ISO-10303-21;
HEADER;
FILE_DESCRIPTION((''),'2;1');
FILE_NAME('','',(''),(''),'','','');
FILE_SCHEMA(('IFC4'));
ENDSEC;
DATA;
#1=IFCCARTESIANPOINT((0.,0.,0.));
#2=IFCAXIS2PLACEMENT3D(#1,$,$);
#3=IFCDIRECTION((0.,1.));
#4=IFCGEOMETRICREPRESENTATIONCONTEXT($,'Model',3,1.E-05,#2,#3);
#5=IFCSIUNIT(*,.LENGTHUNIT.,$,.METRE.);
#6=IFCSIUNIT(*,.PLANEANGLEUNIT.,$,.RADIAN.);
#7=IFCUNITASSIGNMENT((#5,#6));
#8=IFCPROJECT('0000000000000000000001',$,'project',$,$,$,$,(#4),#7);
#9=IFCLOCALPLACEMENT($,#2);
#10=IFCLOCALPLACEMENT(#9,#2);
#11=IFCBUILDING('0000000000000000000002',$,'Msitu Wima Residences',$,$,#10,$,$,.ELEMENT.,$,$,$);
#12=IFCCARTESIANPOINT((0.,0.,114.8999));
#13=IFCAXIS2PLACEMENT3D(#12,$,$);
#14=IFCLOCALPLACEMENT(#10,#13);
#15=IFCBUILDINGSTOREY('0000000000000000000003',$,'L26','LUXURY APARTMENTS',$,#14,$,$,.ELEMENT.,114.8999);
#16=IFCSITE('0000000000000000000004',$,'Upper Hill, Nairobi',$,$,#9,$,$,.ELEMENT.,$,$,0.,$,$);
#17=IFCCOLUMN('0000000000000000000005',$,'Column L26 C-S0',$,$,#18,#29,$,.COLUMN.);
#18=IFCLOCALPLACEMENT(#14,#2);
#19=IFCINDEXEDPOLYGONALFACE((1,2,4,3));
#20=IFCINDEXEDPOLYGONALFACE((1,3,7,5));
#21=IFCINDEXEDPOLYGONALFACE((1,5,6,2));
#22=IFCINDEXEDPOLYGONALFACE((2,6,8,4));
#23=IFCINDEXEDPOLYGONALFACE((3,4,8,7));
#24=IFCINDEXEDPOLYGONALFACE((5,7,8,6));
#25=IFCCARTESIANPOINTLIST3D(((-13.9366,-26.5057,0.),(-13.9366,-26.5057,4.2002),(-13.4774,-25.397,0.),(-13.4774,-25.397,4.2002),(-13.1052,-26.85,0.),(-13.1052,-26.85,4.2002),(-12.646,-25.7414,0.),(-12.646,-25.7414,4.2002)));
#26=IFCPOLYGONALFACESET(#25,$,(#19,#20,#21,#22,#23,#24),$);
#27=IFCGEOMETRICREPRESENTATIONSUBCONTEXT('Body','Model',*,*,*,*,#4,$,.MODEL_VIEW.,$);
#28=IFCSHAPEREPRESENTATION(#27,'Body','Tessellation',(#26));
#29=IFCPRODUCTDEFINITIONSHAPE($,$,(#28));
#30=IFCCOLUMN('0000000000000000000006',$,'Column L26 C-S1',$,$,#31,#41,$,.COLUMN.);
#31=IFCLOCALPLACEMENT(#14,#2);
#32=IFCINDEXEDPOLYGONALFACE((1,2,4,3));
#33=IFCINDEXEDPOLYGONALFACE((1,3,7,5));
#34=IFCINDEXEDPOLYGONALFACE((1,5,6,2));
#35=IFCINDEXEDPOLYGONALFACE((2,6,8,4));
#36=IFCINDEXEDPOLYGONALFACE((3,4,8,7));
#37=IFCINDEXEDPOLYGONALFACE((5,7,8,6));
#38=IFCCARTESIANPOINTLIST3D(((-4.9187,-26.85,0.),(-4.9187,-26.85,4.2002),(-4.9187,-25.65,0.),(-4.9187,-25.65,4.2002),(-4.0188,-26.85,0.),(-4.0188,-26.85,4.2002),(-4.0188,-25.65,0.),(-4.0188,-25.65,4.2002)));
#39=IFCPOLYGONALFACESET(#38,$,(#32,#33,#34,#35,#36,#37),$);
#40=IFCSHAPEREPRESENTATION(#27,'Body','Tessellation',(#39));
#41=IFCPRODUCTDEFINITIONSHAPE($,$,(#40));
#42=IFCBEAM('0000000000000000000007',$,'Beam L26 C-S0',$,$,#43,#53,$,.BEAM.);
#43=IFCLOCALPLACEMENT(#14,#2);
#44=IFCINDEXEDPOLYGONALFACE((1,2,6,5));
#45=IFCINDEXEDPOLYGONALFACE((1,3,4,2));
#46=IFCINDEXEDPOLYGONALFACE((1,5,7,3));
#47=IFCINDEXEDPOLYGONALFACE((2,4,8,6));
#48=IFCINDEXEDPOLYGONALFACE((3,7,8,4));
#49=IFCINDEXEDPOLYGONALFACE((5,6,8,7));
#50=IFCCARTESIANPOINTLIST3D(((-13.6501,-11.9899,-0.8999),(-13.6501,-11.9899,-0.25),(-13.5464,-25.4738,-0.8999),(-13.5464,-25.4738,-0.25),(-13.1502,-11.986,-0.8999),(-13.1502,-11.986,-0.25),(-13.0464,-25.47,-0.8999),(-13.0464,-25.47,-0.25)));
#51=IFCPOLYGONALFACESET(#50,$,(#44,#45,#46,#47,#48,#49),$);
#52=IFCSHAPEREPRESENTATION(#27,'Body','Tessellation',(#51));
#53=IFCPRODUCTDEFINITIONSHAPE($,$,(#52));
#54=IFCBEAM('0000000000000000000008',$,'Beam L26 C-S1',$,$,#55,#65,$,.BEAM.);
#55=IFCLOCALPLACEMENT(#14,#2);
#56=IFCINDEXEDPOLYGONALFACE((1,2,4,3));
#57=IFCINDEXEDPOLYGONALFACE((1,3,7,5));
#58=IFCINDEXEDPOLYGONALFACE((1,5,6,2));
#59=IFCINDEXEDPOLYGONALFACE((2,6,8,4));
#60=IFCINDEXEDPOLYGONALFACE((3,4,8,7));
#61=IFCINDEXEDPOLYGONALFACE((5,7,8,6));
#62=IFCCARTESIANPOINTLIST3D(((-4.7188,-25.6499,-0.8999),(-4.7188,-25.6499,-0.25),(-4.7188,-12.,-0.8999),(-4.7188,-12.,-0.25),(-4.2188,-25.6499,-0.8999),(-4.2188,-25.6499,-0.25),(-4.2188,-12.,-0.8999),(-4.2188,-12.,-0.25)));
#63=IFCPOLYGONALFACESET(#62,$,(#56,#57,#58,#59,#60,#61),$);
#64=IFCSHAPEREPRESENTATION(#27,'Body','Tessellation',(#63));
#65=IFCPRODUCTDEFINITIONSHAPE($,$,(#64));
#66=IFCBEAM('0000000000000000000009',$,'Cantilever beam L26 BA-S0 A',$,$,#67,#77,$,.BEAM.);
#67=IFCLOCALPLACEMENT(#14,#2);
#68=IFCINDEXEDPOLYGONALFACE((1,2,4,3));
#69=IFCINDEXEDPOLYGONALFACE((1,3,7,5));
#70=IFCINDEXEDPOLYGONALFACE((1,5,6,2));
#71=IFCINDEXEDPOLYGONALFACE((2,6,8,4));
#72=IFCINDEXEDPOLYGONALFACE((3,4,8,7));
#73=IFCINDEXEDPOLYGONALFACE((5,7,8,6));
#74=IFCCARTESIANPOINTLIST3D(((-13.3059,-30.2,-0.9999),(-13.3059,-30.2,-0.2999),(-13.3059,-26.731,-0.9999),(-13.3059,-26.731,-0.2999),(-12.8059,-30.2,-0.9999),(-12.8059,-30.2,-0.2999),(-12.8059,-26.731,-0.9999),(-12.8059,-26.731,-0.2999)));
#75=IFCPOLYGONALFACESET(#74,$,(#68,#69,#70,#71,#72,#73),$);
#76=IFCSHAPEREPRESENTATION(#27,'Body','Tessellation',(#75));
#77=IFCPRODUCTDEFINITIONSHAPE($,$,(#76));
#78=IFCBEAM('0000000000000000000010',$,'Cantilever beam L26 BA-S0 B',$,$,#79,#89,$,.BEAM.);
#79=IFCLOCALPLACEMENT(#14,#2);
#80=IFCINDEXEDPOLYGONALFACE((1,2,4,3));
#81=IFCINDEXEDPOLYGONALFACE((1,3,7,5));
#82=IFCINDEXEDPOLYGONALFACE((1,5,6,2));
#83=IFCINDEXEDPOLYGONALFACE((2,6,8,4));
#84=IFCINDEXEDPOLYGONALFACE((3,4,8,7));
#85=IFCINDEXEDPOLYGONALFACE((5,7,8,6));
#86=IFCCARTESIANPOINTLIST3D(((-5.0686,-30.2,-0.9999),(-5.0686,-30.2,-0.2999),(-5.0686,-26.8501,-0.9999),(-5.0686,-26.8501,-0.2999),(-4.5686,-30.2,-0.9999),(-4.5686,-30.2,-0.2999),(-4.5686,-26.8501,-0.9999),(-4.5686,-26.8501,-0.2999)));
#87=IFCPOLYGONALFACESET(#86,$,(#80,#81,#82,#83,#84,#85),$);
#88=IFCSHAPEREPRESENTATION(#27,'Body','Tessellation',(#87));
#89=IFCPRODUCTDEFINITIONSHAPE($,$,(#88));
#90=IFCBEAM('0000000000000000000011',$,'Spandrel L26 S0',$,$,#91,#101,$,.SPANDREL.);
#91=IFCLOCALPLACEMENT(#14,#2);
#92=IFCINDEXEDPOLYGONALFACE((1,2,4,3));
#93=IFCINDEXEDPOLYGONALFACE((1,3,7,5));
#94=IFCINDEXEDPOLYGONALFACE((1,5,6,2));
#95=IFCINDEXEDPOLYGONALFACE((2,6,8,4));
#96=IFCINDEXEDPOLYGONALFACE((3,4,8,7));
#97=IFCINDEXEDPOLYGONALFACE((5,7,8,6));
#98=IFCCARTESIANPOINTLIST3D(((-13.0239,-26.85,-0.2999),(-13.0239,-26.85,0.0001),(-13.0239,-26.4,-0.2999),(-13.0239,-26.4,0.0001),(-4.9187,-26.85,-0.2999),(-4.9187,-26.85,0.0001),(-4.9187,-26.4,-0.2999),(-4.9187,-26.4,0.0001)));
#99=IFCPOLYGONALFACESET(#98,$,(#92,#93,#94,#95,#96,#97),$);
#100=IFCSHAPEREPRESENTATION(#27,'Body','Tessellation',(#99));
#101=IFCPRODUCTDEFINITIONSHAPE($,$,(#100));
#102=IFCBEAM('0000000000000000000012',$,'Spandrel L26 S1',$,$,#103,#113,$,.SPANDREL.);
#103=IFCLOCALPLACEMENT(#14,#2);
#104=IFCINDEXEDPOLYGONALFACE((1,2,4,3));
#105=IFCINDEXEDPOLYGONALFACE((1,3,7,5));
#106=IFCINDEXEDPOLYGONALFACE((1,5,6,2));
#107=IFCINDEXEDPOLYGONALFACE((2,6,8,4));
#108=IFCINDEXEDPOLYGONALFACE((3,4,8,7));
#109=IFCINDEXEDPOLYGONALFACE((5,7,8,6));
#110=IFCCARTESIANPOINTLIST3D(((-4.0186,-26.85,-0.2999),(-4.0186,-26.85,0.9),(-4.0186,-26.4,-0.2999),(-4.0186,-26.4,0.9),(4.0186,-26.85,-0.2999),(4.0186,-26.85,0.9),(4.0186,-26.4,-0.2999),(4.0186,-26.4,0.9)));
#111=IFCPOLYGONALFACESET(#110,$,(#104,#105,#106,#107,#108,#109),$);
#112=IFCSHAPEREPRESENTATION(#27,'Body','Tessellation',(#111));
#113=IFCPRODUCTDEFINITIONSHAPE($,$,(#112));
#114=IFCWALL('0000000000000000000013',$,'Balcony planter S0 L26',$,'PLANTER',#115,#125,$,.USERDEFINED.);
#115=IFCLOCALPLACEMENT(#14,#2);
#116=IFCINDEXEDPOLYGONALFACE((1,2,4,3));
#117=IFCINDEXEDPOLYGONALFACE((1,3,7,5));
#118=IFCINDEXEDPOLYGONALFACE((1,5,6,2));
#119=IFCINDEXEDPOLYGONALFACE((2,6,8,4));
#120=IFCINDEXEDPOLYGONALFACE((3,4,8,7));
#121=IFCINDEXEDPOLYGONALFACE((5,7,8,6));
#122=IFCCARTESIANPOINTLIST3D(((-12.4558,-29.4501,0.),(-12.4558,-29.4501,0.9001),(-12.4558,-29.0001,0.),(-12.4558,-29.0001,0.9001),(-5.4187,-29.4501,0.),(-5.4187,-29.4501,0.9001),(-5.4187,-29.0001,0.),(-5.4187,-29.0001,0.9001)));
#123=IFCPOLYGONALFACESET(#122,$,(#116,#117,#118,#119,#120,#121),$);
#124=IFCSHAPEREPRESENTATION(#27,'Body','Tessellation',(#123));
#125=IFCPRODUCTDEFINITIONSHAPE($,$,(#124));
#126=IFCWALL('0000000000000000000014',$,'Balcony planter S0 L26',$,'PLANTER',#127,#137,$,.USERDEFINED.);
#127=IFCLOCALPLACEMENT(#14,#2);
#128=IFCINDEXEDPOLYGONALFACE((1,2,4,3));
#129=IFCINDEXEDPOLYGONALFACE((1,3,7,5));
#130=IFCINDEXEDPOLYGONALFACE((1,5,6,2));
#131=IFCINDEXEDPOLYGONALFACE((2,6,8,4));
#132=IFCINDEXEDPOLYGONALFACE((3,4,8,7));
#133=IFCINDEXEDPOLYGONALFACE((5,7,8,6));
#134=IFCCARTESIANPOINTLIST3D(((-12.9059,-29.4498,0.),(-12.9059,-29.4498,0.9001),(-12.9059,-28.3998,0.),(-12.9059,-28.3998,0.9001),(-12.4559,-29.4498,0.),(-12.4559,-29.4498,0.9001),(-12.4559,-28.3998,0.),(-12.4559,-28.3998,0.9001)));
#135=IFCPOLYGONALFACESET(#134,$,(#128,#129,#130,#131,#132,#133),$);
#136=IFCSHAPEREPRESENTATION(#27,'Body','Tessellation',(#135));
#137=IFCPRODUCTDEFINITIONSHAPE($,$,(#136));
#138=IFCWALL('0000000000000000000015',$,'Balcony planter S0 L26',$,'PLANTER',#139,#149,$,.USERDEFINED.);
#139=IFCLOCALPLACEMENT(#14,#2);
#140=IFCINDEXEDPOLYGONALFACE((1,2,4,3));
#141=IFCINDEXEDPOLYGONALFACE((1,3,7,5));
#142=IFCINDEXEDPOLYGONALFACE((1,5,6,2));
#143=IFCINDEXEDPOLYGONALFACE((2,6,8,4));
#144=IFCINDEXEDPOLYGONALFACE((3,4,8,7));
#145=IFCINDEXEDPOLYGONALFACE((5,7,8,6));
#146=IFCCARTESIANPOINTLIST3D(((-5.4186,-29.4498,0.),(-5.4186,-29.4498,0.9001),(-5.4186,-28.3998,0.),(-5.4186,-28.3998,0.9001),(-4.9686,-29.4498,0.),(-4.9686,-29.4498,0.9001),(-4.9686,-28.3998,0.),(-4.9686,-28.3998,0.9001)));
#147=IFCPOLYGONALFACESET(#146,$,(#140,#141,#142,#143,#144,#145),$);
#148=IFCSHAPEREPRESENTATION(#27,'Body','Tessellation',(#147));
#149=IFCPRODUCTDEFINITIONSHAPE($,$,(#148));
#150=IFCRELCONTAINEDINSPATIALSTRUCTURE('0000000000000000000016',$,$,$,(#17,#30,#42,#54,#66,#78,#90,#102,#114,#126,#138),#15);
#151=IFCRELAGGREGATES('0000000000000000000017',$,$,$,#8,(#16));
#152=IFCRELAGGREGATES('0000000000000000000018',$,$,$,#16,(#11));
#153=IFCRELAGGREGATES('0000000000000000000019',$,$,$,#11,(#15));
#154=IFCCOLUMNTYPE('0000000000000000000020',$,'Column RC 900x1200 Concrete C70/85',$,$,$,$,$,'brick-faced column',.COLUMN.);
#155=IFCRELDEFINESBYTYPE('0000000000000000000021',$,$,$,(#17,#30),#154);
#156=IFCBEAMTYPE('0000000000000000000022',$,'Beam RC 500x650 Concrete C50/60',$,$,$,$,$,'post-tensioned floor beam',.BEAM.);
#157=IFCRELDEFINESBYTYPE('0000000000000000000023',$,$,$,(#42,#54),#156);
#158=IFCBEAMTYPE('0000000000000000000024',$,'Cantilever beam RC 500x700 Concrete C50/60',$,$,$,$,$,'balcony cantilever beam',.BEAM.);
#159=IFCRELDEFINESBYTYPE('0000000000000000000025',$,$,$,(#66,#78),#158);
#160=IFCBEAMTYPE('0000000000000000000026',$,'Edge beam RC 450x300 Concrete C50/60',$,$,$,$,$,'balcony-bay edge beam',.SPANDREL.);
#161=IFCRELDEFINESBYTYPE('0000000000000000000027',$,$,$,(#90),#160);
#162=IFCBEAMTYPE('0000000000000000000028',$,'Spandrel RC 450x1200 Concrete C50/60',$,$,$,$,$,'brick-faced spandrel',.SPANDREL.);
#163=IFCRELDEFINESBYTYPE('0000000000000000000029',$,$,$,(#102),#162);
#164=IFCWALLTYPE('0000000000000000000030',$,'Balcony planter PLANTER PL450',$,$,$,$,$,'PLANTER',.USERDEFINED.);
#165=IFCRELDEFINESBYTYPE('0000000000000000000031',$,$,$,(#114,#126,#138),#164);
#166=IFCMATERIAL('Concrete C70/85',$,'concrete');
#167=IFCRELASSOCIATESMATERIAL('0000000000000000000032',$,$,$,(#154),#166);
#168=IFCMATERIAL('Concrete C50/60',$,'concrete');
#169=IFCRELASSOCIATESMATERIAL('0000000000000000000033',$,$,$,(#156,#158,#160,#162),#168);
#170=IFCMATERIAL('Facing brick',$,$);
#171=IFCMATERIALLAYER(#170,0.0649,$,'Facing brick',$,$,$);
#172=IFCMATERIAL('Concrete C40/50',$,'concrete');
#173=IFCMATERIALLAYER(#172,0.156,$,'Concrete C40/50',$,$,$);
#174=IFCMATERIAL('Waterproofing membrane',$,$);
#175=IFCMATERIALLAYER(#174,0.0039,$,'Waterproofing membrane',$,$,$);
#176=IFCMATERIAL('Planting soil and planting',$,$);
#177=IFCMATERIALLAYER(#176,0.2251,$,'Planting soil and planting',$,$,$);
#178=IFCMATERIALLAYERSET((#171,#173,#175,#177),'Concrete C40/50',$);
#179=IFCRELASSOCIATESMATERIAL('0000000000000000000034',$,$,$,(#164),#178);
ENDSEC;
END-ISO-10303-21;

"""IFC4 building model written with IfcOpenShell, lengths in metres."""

from ifc_helpers import new_model, si_unit, direction, frame, frame_2d, origin, origin_2d, place, context, subcontext, project, spatial, rectangle, extrude, material, layer, layer_set, material_profile, profile_set, type_object, element, save


model = new_model("IFC4")

# Units and contexts
model_context = context("Model", 3, precision=1e-05, world=origin(), true_north=direction((0.0, 1.0)))
body_context = subcontext(model_context, "Body", "Model", "MODEL_VIEW")
ifc_project = project(units=[si_unit("LENGTHUNIT", "METRE"), si_unit("PLANEANGLEUNIT", "RADIAN")], contexts=[model_context])

# Site, building, storey
site_placement = place(None, origin())
site = spatial("IfcSite", under=ifc_project, at=site_placement, Name="Upper Hill, Nairobi", CompositionType="ELEMENT", RefElevation=0.0)
building_placement = place(site_placement, origin())
building = spatial("IfcBuilding", under=site, at=building_placement, Name="Msitu Wima Residences", CompositionType="ELEMENT")
storey_placement = place(building_placement, frame((0.0, 0.0, 114.8999)))
storey = spatial("IfcBuildingStorey", under=building, at=storey_placement, Name="L26", Description="LUXURY APARTMENTS", CompositionType="ELEMENT", Elevation=114.8999)

# Columns
ifc_material_1 = material(Name="Concrete C70/85", Category="concrete")
ifc_material_profile_1 = material_profile(ifc_material_1, rectangle(XDim=0.8999, YDim=1.2, at=origin_2d()), Name="RC 900x1200")
ifc_profile_set_1 = profile_set([ifc_material_profile_1], Name="Concrete C70/85")
column_type = type_object("IfcColumnType", Name="Column RC 900x1200 Concrete C70/85", ElementType="brick-faced column", PredefinedType="COLUMN", material=ifc_profile_set_1)
for number, where, z_axis, x_axis, name in (
    (1, (-13.2913, -26.1235, 0.0), (0.0, 0.0, 1.0), (0.92388, -0.382683, 0.0), "Column L26 C-S0"),
    (2, (-4.4688, -26.25, 0.0), (0.0, 0.0, 1.0), (1.0, 0.0, 0.0), "Column L26 C-S1"),
):
    element("IfcColumn", number, at=place(storey_placement, frame(where, z_axis=z_axis, x_axis=x_axis)), inside=storey, type_object=column_type, Name=name, PredefinedType="COLUMN", context=body_context, shape_type="SweptSolid", body=[
        extrude(rectangle(XDim=0.8999, YDim=1.2, at=origin_2d()), origin(), (0.0, 0.0, 1.0), 4.2002),
    ])

# Beams
ifc_material_2 = material(Name="Concrete C50/60", Category="concrete")
ifc_material_profile_2 = material_profile(ifc_material_2, rectangle(XDim=0.5, YDim=0.6499, at=origin_2d()), Name="RC 500x650")
ifc_profile_set_2 = profile_set([ifc_material_profile_2], Name="Concrete C50/60")
beam_type_1 = type_object("IfcBeamType", Name="Beam RC 500x650 Concrete C50/60", ElementType="post-tensioned floor beam", PredefinedType="BEAM", material=ifc_profile_set_2)
beam_1_placement = place(storey_placement, frame((-13.2964, -25.4719, -0.575), z_axis=(-0.007695, 0.99997, 0.0), x_axis=(-0.99997, -0.007695, 0.0)))
element("IfcBeam", 3, at=beam_1_placement, inside=storey, type_object=beam_type_1, Name="Beam L26 C-S0", PredefinedType="BEAM", context=body_context, shape_type="SweptSolid", body=[
    extrude(rectangle(XDim=0.5, YDim=0.6499, at=origin_2d()), origin(), (0.0, 0.0, 1.0), 13.4844),
])
beam_2_placement = place(storey_placement, frame((-4.4688, -25.6499, -0.575), z_axis=(0.0, 1.0, 0.0), x_axis=(-1.0, 0.0, 0.0)))
element("IfcBeam", 4, at=beam_2_placement, inside=storey, type_object=beam_type_1, Name="Beam L26 C-S1", PredefinedType="BEAM", context=body_context, shape_type="SweptSolid", body=[
    extrude(rectangle(XDim=0.5, YDim=0.6499, at=origin_2d()), origin(), (0.0, 0.0, 1.0), 13.6499),
])
ifc_material_profile_3 = material_profile(ifc_material_2, rectangle(XDim=0.5, YDim=0.7, at=origin_2d()), Name="RC 500x700")
ifc_profile_set_3 = profile_set([ifc_material_profile_3], Name="Concrete C50/60")
beam_type_2 = type_object("IfcBeamType", Name="Cantilever beam RC 500x700 Concrete C50/60", ElementType="balcony cantilever beam", PredefinedType="BEAM", material=ifc_profile_set_3)
beam_3_placement = place(storey_placement, frame((-13.0559, -26.731, -0.6499), z_axis=(0.0, -1.0, 0.0), x_axis=(1.0, 0.0, 0.0)))
element("IfcBeam", 5, at=beam_3_placement, inside=storey, type_object=beam_type_2, Name="Cantilever beam L26 BA-S0 A", PredefinedType="BEAM", context=body_context, shape_type="SweptSolid", body=[
    extrude(rectangle(XDim=0.5, YDim=0.7, at=origin_2d()), origin(), (0.0, 0.0, 1.0), 3.469),
])
beam_4_placement = place(storey_placement, frame((-4.8186, -26.8501, -0.6499), z_axis=(0.0, -1.0, 0.0), x_axis=(1.0, 0.0, 0.0)))
element("IfcBeam", 6, at=beam_4_placement, inside=storey, type_object=beam_type_2, Name="Cantilever beam L26 BA-S0 B", PredefinedType="BEAM", context=body_context, shape_type="SweptSolid", body=[
    extrude(rectangle(XDim=0.5, YDim=0.7, at=origin_2d()), origin(), (0.0, 0.0, 1.0), 3.3499),
])
ifc_material_profile_4 = material_profile(ifc_material_2, rectangle(XDim=0.45, YDim=0.3, at=origin_2d()), Name="RC 450x300")
ifc_profile_set_4 = profile_set([ifc_material_profile_4], Name="Concrete C50/60")
beam_type_3 = type_object("IfcBeamType", Name="Edge beam RC 450x300 Concrete C50/60", ElementType="balcony-bay edge beam", PredefinedType="SPANDREL", material=ifc_profile_set_4)
beam_5_placement = place(storey_placement, frame((-13.0239, -26.625, -0.1499), z_axis=(1.0, 0.0, 0.0), x_axis=(0.0, 1.0, 0.0)))
element("IfcBeam", 7, at=beam_5_placement, inside=storey, type_object=beam_type_3, Name="Spandrel L26 S0", PredefinedType="SPANDREL", context=body_context, shape_type="SweptSolid", body=[
    extrude(rectangle(XDim=0.45, YDim=0.3, at=origin_2d()), origin(), (0.0, 0.0, 1.0), 8.1052),
])
ifc_material_profile_5 = material_profile(ifc_material_2, rectangle(XDim=0.45, YDim=1.2, at=origin_2d()), Name="RC 450x1200")
ifc_profile_set_5 = profile_set([ifc_material_profile_5], Name="Concrete C50/60")
beam_type_4 = type_object("IfcBeamType", Name="Spandrel RC 450x1200 Concrete C50/60", ElementType="brick-faced spandrel", PredefinedType="SPANDREL", material=ifc_profile_set_5)
beam_6_placement = place(storey_placement, frame((-4.0186, -26.625, 0.3), z_axis=(1.0, 0.0, 0.0), x_axis=(0.0, 1.0, 0.0)))
element("IfcBeam", 8, at=beam_6_placement, inside=storey, type_object=beam_type_4, Name="Spandrel L26 S1", PredefinedType="SPANDREL", context=body_context, shape_type="SweptSolid", body=[
    extrude(rectangle(XDim=0.45, YDim=1.2, at=origin_2d()), origin(), (0.0, 0.0, 1.0), 8.0371),
])

# Walls
ifc_material_3 = material(Name="Facing brick")
ifc_layer_1 = layer(ifc_material_3, 0.0649, Name="Facing brick")
ifc_material_4 = material(Name="Concrete C40/50", Category="concrete")
ifc_layer_2 = layer(ifc_material_4, 0.156, Name="Concrete C40/50")
ifc_material_5 = material(Name="Waterproofing membrane")
ifc_layer_3 = layer(ifc_material_5, 0.0039, Name="Waterproofing membrane")
ifc_material_6 = material(Name="Planting soil and planting")
ifc_layer_4 = layer(ifc_material_6, 0.2251, Name="Planting soil and planting")
ifc_layer_set_1 = layer_set([ifc_layer_1, ifc_layer_2, ifc_layer_3, ifc_layer_4], Name="Concrete C40/50")
wall_type_1 = type_object("IfcWallType", Name="Balcony planter PLANTER PL450", ElementType="PLANTER", PredefinedType="USERDEFINED", material=ifc_layer_set_1)
wall_1_placement = place(storey_placement, frame((-12.4558, -29.2251, 0.0), z_axis=(0.0, 0.0, 1.0), x_axis=(1.0, 0.0, 0.0)))
element("IfcWall", 9, at=wall_1_placement, inside=storey, type_object=wall_type_1, Name="Balcony planter S0 L26", ObjectType="PLANTER", PredefinedType="USERDEFINED", context=body_context, shape_type="SweptSolid", body=[
    extrude(rectangle(XDim=7.0371, YDim=0.45, at=frame_2d((3.5186, 0.0))), origin(), (0.0, 0.0, 1.0), 0.9001),
])
for number, where, z_axis, x_axis, name in (
    (10, (-12.6809, -28.3999, 0.0), (0.0, 0.0, 1.0), (0.0, -1.0, 0.0), "Balcony planter S0 L26"),
    (11, (-5.1936, -28.3999, 0.0), (0.0, 0.0, 1.0), (0.0, -1.0, 0.0), "Balcony planter S0 L26"),
):
    element("IfcWall", number, at=place(storey_placement, frame(where, z_axis=z_axis, x_axis=x_axis)), inside=storey, type_object=wall_type_1, Name=name, ObjectType="PLANTER", PredefinedType="USERDEFINED", context=body_context, shape_type="SweptSolid", body=[
        extrude(rectangle(XDim=1.05, YDim=0.45, at=frame_2d((0.5249, 0.0))), origin(), (0.0, 0.0, 1.0), 0.9001),
    ])

save(model, "model.ifc")
